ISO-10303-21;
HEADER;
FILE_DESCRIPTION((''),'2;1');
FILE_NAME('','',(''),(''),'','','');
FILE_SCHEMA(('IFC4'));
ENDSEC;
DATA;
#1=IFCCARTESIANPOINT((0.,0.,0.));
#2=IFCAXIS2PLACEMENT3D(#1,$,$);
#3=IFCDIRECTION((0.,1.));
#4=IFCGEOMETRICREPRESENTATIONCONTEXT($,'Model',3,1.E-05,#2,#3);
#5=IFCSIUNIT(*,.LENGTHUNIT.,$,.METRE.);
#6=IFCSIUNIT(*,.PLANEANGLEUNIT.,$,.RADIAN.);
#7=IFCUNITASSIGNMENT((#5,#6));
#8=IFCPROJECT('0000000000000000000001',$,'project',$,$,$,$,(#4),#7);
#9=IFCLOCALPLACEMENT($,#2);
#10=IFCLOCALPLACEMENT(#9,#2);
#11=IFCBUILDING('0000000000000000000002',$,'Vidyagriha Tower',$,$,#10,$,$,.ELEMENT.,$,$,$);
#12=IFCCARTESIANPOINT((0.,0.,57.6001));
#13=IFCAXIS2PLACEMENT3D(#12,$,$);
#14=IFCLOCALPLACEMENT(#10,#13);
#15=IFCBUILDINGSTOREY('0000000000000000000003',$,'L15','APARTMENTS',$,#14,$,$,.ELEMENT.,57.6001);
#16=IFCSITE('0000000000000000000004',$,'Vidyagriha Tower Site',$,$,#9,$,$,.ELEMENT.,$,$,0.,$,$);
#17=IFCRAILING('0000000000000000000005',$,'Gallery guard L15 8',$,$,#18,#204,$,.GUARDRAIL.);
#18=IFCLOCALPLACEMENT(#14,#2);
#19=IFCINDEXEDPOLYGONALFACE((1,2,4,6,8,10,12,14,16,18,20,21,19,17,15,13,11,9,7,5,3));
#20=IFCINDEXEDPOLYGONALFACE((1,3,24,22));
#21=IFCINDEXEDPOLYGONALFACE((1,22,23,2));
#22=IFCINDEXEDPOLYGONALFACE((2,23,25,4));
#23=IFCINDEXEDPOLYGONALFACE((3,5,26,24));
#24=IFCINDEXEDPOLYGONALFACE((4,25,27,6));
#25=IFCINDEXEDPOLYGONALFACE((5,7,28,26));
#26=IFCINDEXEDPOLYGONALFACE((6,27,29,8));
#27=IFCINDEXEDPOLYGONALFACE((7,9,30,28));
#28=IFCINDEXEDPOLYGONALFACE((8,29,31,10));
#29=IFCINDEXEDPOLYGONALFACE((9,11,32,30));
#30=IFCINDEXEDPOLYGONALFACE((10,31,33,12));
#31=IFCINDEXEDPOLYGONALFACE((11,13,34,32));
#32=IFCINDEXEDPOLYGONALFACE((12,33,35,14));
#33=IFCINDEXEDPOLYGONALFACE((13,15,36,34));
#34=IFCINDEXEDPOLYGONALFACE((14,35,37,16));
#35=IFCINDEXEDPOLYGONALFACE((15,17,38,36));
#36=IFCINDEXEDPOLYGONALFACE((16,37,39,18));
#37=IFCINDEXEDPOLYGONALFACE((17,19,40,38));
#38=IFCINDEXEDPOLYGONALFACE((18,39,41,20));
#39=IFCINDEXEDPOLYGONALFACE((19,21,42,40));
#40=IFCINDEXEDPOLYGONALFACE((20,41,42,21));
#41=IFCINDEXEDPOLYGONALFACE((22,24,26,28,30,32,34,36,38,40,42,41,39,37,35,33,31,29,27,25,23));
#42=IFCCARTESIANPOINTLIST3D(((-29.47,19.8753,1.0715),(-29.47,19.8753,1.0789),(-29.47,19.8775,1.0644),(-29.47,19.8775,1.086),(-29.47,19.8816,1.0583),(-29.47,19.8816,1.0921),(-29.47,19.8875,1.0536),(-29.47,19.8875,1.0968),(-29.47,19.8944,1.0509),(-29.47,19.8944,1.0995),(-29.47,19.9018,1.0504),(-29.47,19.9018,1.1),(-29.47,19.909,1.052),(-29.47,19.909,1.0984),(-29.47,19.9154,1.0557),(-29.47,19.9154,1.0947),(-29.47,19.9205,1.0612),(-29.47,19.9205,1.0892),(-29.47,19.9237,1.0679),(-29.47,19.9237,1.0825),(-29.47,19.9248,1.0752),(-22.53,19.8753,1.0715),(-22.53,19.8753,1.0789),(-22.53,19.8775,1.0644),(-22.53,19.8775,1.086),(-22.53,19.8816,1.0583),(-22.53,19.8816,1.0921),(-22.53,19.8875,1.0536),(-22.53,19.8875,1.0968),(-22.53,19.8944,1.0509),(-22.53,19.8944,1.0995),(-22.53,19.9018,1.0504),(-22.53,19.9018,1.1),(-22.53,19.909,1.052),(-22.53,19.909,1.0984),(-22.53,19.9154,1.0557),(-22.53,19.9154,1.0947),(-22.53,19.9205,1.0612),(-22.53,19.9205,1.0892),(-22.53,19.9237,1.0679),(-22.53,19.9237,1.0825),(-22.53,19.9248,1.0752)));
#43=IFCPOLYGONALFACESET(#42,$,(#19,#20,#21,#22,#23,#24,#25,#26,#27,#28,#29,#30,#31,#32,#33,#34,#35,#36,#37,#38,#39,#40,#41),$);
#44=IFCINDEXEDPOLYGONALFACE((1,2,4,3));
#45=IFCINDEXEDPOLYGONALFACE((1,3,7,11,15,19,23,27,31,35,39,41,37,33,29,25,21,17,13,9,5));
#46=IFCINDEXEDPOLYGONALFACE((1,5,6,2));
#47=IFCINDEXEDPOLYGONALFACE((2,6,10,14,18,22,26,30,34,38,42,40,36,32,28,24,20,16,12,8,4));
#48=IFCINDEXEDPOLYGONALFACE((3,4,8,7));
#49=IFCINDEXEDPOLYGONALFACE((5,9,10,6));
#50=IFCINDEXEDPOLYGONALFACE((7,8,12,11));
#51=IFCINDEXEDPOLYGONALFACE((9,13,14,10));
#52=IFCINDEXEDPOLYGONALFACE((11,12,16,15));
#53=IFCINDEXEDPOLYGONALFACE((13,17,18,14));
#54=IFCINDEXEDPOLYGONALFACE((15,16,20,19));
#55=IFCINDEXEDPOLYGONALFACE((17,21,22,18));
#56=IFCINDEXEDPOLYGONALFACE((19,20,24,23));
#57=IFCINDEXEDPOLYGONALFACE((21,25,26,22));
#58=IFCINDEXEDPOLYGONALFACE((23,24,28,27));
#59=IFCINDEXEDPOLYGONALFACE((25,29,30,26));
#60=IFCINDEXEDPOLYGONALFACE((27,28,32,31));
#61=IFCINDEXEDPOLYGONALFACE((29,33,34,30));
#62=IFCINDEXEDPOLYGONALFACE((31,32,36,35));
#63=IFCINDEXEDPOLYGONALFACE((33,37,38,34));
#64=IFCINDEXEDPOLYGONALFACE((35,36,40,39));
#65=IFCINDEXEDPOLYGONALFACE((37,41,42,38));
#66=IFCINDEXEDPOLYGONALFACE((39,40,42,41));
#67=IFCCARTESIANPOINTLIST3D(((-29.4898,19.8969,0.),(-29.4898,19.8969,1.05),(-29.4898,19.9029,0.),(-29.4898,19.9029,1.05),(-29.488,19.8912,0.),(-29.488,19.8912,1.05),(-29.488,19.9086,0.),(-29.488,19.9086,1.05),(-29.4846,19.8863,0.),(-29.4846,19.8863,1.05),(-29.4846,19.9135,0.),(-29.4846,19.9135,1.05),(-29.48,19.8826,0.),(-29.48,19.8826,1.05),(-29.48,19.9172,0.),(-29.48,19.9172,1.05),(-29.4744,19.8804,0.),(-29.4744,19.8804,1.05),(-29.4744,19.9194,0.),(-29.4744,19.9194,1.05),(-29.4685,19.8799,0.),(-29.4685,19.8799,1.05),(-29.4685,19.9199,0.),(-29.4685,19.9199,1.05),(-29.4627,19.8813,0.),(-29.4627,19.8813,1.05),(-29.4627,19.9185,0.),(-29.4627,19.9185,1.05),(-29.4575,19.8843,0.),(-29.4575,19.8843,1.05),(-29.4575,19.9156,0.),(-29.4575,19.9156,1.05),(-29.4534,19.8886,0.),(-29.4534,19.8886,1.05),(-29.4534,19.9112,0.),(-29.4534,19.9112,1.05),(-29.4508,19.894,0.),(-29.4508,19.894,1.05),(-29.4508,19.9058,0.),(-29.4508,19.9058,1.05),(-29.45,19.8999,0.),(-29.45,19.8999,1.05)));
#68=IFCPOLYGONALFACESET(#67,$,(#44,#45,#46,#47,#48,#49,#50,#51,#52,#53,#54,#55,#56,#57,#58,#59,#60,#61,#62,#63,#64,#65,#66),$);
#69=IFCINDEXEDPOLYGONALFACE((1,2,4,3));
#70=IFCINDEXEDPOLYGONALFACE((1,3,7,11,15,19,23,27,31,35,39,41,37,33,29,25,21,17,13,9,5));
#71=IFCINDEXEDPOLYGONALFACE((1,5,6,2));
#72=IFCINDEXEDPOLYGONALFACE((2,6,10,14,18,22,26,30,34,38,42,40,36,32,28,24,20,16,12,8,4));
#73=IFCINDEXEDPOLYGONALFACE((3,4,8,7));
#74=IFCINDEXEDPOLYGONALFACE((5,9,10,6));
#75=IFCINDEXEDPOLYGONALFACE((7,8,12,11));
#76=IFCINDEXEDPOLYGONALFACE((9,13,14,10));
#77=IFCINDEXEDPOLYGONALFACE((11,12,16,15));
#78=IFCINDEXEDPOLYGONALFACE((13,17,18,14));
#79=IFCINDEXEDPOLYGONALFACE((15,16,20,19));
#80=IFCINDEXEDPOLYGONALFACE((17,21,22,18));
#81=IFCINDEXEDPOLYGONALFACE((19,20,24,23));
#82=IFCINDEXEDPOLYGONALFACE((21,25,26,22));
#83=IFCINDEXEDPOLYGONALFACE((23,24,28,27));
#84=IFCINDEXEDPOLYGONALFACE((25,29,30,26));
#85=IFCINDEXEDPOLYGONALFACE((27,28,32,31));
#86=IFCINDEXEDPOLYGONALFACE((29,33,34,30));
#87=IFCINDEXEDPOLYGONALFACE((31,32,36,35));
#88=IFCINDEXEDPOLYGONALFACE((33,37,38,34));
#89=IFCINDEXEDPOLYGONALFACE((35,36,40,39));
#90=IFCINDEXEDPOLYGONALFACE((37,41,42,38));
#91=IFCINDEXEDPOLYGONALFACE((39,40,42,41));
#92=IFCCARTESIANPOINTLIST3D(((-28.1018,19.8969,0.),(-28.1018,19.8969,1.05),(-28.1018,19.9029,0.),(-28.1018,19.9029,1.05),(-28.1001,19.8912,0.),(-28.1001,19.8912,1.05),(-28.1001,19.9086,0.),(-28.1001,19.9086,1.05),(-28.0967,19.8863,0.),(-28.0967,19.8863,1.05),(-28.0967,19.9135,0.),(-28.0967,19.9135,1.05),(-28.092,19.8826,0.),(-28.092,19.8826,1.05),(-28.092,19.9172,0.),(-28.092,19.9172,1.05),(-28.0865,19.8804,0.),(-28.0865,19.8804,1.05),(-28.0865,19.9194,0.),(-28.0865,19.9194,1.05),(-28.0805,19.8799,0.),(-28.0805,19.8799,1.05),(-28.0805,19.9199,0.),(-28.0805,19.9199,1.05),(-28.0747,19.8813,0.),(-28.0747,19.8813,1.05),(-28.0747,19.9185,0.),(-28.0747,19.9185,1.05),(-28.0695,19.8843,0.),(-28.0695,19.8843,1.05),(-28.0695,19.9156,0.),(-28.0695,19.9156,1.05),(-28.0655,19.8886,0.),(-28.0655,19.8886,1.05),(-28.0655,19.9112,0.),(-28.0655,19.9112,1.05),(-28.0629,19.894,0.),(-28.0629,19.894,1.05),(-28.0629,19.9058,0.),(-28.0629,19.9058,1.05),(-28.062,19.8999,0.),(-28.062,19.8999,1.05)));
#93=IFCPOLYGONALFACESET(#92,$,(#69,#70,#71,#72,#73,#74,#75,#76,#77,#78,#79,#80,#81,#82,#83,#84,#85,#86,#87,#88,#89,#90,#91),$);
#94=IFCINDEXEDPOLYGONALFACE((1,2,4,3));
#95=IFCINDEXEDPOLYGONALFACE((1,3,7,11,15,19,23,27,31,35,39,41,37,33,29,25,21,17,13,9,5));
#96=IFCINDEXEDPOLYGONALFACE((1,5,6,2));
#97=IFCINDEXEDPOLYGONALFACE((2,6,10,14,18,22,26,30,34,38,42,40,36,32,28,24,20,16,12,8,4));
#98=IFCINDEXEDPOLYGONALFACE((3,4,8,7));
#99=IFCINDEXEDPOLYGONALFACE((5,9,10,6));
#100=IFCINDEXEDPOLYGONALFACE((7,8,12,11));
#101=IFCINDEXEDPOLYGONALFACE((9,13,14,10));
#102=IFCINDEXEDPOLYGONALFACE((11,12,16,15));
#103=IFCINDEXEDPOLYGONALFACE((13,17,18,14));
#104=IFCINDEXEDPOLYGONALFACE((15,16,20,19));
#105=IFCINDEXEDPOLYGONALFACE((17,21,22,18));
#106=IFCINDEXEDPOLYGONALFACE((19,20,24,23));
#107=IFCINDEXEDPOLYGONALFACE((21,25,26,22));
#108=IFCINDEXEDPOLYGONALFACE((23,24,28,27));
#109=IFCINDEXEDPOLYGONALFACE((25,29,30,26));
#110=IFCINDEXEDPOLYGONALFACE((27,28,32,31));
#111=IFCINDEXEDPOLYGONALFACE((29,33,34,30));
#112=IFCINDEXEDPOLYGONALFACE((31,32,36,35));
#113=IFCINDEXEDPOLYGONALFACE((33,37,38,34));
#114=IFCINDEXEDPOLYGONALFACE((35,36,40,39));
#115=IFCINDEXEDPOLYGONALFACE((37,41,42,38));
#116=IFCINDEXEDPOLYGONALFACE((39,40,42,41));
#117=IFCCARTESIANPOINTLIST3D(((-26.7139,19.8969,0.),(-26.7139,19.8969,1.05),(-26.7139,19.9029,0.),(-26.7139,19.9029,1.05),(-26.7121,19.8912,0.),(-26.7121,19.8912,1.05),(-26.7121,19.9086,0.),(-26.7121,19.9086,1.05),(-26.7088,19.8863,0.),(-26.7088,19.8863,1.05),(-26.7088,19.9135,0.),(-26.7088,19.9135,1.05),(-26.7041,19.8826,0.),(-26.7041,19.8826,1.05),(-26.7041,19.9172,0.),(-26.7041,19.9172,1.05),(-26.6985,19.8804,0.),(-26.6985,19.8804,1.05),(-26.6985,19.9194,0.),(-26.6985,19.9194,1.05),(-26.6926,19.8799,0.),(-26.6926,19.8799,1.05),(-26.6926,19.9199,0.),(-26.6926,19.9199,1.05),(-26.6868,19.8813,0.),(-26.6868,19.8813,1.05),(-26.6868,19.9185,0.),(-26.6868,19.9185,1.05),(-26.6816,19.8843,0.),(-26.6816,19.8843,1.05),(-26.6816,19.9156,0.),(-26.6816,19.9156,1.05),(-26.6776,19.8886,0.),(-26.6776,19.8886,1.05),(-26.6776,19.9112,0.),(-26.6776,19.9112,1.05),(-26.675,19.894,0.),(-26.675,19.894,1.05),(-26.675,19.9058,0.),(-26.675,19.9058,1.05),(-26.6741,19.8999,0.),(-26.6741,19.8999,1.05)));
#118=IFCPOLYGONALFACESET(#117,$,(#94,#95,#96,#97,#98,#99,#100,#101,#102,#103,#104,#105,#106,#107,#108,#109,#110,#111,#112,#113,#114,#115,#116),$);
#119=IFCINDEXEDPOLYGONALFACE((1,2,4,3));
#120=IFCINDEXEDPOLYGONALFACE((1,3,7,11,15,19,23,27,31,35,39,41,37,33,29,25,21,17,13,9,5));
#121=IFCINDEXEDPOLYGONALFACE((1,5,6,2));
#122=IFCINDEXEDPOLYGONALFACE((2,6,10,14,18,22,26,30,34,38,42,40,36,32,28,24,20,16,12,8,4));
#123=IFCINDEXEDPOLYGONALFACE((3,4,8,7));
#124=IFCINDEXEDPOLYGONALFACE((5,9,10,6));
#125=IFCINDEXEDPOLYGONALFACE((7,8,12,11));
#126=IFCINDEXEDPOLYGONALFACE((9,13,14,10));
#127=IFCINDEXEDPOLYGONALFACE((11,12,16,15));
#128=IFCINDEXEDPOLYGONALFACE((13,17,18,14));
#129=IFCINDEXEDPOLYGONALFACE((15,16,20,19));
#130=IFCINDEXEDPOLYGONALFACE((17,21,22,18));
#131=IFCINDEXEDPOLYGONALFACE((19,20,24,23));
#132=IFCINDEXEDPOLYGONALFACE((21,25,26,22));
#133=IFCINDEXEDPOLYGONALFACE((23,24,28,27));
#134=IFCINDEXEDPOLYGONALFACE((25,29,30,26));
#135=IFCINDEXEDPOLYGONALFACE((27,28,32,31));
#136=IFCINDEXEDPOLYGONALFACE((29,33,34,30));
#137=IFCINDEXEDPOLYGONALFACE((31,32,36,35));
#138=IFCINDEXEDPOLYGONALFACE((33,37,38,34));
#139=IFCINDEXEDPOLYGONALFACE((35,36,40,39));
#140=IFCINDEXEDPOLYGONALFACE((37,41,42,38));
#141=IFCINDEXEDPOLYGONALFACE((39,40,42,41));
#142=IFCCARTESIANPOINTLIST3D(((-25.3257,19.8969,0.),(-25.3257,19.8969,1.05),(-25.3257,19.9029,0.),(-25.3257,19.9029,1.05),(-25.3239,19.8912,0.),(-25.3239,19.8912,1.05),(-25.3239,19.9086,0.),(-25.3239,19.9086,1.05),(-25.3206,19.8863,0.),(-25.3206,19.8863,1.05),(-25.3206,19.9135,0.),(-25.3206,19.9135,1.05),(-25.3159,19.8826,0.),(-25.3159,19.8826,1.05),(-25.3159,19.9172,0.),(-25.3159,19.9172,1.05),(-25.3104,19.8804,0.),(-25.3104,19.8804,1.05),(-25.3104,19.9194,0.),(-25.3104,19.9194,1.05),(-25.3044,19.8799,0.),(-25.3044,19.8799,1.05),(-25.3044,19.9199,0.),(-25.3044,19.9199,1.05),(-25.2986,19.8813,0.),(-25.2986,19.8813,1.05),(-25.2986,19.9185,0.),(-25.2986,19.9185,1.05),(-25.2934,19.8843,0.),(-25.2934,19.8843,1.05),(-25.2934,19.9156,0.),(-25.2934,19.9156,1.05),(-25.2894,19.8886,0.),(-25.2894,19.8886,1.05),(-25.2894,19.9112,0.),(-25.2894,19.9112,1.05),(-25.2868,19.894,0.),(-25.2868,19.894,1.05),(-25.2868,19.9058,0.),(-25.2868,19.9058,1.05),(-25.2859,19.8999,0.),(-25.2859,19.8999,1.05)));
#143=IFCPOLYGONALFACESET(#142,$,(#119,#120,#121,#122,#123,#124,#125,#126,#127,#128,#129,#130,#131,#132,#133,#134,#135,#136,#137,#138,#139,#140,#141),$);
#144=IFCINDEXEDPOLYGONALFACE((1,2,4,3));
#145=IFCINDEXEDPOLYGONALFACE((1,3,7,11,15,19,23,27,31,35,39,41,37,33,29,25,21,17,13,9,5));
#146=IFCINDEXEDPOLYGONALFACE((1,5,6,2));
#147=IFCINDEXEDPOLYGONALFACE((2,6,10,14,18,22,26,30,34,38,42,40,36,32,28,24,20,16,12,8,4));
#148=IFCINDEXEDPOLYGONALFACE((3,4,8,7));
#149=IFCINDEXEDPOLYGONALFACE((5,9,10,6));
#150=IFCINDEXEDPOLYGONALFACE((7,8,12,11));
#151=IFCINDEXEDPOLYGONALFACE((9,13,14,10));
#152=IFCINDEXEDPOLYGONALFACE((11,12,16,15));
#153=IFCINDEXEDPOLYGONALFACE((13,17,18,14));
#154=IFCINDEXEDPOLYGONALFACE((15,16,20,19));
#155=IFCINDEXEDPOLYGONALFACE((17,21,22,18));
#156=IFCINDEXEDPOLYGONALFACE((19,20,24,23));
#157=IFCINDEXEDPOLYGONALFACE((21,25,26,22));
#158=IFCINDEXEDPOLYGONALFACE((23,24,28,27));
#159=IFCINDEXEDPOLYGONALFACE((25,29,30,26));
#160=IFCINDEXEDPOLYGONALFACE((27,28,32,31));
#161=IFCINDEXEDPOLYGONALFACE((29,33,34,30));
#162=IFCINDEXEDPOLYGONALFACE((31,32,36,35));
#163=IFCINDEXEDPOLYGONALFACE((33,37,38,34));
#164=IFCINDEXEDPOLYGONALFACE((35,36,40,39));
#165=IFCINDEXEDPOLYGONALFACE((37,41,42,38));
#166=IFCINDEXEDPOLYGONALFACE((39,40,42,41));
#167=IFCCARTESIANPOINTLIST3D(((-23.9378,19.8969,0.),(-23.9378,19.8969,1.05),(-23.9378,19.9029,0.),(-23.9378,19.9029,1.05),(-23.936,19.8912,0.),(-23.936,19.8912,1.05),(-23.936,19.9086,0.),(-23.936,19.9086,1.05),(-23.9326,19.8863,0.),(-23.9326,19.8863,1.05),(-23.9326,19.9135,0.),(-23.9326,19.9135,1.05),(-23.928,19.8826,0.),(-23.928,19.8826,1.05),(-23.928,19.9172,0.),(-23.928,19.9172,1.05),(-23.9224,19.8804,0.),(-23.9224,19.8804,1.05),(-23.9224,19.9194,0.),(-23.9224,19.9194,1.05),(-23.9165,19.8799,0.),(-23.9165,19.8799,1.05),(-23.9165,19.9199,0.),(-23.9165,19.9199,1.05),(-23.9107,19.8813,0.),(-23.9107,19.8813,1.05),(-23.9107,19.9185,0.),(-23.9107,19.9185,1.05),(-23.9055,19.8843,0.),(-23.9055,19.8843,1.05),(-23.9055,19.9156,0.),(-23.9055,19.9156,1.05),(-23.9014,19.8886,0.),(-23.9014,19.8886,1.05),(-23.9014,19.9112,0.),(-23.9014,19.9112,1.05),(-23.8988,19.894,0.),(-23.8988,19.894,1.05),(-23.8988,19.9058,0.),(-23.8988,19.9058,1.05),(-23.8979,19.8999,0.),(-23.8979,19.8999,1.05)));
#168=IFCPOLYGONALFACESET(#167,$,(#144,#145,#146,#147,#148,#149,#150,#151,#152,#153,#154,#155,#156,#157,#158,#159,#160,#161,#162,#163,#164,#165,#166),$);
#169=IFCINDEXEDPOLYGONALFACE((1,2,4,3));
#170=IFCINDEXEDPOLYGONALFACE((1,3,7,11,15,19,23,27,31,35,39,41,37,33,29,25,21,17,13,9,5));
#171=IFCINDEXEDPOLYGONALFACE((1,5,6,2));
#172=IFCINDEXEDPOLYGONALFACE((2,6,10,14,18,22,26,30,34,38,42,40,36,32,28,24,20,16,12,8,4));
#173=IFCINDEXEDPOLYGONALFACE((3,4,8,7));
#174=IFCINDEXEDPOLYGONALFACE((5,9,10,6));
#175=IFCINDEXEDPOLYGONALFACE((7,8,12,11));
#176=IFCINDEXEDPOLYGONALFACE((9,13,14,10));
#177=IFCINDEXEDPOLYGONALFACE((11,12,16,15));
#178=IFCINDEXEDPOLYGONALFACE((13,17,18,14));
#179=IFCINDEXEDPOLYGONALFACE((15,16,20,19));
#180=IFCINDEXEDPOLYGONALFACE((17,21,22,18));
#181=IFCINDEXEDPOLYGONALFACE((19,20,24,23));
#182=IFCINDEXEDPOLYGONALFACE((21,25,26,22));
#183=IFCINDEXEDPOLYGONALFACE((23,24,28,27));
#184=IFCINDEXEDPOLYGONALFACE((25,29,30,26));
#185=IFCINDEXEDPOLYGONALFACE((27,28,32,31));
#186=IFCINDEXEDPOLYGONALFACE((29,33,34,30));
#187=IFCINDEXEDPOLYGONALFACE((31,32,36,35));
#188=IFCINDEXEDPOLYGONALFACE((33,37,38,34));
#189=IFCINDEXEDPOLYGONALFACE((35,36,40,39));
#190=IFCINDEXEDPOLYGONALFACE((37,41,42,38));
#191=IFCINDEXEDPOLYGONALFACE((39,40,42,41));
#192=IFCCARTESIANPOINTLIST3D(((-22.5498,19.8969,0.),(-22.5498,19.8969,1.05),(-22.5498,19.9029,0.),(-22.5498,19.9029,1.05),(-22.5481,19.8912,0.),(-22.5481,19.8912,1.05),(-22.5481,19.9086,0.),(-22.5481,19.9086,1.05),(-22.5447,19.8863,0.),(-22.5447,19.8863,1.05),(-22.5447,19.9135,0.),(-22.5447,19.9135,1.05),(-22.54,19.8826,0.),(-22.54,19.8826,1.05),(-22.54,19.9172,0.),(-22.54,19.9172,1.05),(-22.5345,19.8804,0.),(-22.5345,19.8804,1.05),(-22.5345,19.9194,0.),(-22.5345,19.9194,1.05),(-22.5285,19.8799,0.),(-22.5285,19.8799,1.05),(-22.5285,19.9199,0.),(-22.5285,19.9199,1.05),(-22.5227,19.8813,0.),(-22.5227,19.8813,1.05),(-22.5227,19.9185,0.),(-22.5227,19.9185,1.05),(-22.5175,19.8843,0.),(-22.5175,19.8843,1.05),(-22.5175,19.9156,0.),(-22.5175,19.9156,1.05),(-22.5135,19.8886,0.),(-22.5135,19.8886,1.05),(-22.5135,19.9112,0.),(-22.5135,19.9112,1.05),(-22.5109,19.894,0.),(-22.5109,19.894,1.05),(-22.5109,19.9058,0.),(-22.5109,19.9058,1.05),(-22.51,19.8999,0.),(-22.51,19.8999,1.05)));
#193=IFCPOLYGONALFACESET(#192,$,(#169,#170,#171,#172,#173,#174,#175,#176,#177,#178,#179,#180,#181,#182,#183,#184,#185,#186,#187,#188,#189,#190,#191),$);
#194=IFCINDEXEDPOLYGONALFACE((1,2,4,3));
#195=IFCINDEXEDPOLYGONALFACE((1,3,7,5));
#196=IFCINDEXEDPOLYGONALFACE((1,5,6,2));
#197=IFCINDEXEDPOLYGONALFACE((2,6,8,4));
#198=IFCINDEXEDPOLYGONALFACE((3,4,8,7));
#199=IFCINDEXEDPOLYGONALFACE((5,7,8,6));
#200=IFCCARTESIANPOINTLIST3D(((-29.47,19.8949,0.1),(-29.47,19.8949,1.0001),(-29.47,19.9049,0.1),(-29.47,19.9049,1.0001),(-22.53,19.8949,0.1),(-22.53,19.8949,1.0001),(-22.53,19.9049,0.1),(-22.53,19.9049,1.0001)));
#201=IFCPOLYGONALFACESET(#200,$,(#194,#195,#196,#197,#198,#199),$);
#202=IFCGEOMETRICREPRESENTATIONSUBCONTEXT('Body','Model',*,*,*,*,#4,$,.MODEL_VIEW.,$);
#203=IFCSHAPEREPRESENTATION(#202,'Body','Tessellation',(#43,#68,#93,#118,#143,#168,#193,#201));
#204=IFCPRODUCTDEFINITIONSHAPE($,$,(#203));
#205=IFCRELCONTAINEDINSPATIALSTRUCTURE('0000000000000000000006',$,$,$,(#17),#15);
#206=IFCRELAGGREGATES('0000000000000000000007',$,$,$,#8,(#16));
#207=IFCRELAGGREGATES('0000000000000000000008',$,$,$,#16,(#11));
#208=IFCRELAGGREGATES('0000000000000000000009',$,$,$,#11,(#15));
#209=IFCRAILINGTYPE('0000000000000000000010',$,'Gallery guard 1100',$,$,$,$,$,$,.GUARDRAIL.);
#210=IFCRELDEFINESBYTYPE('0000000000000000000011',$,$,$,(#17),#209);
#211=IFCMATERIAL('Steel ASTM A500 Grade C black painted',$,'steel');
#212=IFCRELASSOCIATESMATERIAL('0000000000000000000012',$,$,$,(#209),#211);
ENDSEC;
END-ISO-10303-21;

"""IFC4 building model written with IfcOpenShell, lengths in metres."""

from ifc_helpers import new_model, si_unit, direction, frame, origin, origin_2d, place, context, subcontext, project, spatial, rectangle, circle, extrude, material, type_object, element, save


model = new_model("IFC4")

# Units and contexts
model_context = context("Model", 3, precision=1e-05, world=origin(), true_north=direction((0.0, 1.0)))
body_context = subcontext(model_context, "Body", "Model", "MODEL_VIEW")
ifc_project = project(units=[si_unit("LENGTHUNIT", "METRE"), si_unit("PLANEANGLEUNIT", "RADIAN")], contexts=[model_context])

# Site, building, storey
site_placement = place(None, origin())
site = spatial("IfcSite", under=ifc_project, at=site_placement, Name="Vidyagriha Tower Site", CompositionType="ELEMENT", RefElevation=0.0)
building_placement = place(site_placement, origin())
building = spatial("IfcBuilding", under=site, at=building_placement, Name="Vidyagriha Tower", CompositionType="ELEMENT")
storey_placement = place(building_placement, frame((0.0, 0.0, 57.6001)))
storey = spatial("IfcBuildingStorey", under=building, at=storey_placement, Name="L15", Description="APARTMENTS", CompositionType="ELEMENT", Elevation=57.6001)

# Railing
ifc_material_1 = material(Name="Steel ASTM A500 Grade C black painted", Category="steel")
railing_type = type_object("IfcRailingType", Name="Gallery guard 1100", PredefinedType="GUARDRAIL", material=ifc_material_1)
railing_1_placement = place(storey_placement, frame((-29.47, 19.8999, 0.0)))
element("IfcRailing", 1, at=railing_1_placement, inside=storey, type_object=railing_type, Name="Gallery guard L15 8", PredefinedType="GUARDRAIL", context=body_context, shape_type="SweptSolid", body=[
    extrude(circle(Radius=0.0249, at=origin_2d()), frame((0.0, 0.0, 1.0752), z_axis=(1.0, 0.0, 0.0), x_axis=(0.0, 1.0, 0.0)), (0.0, 0.0, 1.0), 6.9399),
    extrude(circle(Radius=0.02, at=origin_2d()), origin(), (0.0, 0.0, 1.0), 1.05),
    extrude(circle(Radius=0.02, at=origin_2d()), frame((1.3879, 0.0, 0.0)), (0.0, 0.0, 1.0), 1.05),
    extrude(circle(Radius=0.02, at=origin_2d()), frame((2.7759, 0.0, 0.0)), (0.0, 0.0, 1.0), 1.05),
    extrude(circle(Radius=0.02, at=origin_2d()), frame((4.1641, 0.0, 0.0)), (0.0, 0.0, 1.0), 1.05),
    extrude(circle(Radius=0.02, at=origin_2d()), frame((5.552, 0.0, 0.0)), (0.0, 0.0, 1.0), 1.05),
    extrude(circle(Radius=0.02, at=origin_2d()), frame((6.9399, 0.0, 0.0)), (0.0, 0.0, 1.0), 1.05),
    extrude(rectangle(XDim=0.01, YDim=0.9001, at=origin_2d()), frame((0.0, 0.0, 0.55), z_axis=(1.0, 0.0, 0.0), x_axis=(0.0, 1.0, 0.0)), (0.0, 0.0, 1.0), 6.9399),
])

save(model, "model.ifc")
